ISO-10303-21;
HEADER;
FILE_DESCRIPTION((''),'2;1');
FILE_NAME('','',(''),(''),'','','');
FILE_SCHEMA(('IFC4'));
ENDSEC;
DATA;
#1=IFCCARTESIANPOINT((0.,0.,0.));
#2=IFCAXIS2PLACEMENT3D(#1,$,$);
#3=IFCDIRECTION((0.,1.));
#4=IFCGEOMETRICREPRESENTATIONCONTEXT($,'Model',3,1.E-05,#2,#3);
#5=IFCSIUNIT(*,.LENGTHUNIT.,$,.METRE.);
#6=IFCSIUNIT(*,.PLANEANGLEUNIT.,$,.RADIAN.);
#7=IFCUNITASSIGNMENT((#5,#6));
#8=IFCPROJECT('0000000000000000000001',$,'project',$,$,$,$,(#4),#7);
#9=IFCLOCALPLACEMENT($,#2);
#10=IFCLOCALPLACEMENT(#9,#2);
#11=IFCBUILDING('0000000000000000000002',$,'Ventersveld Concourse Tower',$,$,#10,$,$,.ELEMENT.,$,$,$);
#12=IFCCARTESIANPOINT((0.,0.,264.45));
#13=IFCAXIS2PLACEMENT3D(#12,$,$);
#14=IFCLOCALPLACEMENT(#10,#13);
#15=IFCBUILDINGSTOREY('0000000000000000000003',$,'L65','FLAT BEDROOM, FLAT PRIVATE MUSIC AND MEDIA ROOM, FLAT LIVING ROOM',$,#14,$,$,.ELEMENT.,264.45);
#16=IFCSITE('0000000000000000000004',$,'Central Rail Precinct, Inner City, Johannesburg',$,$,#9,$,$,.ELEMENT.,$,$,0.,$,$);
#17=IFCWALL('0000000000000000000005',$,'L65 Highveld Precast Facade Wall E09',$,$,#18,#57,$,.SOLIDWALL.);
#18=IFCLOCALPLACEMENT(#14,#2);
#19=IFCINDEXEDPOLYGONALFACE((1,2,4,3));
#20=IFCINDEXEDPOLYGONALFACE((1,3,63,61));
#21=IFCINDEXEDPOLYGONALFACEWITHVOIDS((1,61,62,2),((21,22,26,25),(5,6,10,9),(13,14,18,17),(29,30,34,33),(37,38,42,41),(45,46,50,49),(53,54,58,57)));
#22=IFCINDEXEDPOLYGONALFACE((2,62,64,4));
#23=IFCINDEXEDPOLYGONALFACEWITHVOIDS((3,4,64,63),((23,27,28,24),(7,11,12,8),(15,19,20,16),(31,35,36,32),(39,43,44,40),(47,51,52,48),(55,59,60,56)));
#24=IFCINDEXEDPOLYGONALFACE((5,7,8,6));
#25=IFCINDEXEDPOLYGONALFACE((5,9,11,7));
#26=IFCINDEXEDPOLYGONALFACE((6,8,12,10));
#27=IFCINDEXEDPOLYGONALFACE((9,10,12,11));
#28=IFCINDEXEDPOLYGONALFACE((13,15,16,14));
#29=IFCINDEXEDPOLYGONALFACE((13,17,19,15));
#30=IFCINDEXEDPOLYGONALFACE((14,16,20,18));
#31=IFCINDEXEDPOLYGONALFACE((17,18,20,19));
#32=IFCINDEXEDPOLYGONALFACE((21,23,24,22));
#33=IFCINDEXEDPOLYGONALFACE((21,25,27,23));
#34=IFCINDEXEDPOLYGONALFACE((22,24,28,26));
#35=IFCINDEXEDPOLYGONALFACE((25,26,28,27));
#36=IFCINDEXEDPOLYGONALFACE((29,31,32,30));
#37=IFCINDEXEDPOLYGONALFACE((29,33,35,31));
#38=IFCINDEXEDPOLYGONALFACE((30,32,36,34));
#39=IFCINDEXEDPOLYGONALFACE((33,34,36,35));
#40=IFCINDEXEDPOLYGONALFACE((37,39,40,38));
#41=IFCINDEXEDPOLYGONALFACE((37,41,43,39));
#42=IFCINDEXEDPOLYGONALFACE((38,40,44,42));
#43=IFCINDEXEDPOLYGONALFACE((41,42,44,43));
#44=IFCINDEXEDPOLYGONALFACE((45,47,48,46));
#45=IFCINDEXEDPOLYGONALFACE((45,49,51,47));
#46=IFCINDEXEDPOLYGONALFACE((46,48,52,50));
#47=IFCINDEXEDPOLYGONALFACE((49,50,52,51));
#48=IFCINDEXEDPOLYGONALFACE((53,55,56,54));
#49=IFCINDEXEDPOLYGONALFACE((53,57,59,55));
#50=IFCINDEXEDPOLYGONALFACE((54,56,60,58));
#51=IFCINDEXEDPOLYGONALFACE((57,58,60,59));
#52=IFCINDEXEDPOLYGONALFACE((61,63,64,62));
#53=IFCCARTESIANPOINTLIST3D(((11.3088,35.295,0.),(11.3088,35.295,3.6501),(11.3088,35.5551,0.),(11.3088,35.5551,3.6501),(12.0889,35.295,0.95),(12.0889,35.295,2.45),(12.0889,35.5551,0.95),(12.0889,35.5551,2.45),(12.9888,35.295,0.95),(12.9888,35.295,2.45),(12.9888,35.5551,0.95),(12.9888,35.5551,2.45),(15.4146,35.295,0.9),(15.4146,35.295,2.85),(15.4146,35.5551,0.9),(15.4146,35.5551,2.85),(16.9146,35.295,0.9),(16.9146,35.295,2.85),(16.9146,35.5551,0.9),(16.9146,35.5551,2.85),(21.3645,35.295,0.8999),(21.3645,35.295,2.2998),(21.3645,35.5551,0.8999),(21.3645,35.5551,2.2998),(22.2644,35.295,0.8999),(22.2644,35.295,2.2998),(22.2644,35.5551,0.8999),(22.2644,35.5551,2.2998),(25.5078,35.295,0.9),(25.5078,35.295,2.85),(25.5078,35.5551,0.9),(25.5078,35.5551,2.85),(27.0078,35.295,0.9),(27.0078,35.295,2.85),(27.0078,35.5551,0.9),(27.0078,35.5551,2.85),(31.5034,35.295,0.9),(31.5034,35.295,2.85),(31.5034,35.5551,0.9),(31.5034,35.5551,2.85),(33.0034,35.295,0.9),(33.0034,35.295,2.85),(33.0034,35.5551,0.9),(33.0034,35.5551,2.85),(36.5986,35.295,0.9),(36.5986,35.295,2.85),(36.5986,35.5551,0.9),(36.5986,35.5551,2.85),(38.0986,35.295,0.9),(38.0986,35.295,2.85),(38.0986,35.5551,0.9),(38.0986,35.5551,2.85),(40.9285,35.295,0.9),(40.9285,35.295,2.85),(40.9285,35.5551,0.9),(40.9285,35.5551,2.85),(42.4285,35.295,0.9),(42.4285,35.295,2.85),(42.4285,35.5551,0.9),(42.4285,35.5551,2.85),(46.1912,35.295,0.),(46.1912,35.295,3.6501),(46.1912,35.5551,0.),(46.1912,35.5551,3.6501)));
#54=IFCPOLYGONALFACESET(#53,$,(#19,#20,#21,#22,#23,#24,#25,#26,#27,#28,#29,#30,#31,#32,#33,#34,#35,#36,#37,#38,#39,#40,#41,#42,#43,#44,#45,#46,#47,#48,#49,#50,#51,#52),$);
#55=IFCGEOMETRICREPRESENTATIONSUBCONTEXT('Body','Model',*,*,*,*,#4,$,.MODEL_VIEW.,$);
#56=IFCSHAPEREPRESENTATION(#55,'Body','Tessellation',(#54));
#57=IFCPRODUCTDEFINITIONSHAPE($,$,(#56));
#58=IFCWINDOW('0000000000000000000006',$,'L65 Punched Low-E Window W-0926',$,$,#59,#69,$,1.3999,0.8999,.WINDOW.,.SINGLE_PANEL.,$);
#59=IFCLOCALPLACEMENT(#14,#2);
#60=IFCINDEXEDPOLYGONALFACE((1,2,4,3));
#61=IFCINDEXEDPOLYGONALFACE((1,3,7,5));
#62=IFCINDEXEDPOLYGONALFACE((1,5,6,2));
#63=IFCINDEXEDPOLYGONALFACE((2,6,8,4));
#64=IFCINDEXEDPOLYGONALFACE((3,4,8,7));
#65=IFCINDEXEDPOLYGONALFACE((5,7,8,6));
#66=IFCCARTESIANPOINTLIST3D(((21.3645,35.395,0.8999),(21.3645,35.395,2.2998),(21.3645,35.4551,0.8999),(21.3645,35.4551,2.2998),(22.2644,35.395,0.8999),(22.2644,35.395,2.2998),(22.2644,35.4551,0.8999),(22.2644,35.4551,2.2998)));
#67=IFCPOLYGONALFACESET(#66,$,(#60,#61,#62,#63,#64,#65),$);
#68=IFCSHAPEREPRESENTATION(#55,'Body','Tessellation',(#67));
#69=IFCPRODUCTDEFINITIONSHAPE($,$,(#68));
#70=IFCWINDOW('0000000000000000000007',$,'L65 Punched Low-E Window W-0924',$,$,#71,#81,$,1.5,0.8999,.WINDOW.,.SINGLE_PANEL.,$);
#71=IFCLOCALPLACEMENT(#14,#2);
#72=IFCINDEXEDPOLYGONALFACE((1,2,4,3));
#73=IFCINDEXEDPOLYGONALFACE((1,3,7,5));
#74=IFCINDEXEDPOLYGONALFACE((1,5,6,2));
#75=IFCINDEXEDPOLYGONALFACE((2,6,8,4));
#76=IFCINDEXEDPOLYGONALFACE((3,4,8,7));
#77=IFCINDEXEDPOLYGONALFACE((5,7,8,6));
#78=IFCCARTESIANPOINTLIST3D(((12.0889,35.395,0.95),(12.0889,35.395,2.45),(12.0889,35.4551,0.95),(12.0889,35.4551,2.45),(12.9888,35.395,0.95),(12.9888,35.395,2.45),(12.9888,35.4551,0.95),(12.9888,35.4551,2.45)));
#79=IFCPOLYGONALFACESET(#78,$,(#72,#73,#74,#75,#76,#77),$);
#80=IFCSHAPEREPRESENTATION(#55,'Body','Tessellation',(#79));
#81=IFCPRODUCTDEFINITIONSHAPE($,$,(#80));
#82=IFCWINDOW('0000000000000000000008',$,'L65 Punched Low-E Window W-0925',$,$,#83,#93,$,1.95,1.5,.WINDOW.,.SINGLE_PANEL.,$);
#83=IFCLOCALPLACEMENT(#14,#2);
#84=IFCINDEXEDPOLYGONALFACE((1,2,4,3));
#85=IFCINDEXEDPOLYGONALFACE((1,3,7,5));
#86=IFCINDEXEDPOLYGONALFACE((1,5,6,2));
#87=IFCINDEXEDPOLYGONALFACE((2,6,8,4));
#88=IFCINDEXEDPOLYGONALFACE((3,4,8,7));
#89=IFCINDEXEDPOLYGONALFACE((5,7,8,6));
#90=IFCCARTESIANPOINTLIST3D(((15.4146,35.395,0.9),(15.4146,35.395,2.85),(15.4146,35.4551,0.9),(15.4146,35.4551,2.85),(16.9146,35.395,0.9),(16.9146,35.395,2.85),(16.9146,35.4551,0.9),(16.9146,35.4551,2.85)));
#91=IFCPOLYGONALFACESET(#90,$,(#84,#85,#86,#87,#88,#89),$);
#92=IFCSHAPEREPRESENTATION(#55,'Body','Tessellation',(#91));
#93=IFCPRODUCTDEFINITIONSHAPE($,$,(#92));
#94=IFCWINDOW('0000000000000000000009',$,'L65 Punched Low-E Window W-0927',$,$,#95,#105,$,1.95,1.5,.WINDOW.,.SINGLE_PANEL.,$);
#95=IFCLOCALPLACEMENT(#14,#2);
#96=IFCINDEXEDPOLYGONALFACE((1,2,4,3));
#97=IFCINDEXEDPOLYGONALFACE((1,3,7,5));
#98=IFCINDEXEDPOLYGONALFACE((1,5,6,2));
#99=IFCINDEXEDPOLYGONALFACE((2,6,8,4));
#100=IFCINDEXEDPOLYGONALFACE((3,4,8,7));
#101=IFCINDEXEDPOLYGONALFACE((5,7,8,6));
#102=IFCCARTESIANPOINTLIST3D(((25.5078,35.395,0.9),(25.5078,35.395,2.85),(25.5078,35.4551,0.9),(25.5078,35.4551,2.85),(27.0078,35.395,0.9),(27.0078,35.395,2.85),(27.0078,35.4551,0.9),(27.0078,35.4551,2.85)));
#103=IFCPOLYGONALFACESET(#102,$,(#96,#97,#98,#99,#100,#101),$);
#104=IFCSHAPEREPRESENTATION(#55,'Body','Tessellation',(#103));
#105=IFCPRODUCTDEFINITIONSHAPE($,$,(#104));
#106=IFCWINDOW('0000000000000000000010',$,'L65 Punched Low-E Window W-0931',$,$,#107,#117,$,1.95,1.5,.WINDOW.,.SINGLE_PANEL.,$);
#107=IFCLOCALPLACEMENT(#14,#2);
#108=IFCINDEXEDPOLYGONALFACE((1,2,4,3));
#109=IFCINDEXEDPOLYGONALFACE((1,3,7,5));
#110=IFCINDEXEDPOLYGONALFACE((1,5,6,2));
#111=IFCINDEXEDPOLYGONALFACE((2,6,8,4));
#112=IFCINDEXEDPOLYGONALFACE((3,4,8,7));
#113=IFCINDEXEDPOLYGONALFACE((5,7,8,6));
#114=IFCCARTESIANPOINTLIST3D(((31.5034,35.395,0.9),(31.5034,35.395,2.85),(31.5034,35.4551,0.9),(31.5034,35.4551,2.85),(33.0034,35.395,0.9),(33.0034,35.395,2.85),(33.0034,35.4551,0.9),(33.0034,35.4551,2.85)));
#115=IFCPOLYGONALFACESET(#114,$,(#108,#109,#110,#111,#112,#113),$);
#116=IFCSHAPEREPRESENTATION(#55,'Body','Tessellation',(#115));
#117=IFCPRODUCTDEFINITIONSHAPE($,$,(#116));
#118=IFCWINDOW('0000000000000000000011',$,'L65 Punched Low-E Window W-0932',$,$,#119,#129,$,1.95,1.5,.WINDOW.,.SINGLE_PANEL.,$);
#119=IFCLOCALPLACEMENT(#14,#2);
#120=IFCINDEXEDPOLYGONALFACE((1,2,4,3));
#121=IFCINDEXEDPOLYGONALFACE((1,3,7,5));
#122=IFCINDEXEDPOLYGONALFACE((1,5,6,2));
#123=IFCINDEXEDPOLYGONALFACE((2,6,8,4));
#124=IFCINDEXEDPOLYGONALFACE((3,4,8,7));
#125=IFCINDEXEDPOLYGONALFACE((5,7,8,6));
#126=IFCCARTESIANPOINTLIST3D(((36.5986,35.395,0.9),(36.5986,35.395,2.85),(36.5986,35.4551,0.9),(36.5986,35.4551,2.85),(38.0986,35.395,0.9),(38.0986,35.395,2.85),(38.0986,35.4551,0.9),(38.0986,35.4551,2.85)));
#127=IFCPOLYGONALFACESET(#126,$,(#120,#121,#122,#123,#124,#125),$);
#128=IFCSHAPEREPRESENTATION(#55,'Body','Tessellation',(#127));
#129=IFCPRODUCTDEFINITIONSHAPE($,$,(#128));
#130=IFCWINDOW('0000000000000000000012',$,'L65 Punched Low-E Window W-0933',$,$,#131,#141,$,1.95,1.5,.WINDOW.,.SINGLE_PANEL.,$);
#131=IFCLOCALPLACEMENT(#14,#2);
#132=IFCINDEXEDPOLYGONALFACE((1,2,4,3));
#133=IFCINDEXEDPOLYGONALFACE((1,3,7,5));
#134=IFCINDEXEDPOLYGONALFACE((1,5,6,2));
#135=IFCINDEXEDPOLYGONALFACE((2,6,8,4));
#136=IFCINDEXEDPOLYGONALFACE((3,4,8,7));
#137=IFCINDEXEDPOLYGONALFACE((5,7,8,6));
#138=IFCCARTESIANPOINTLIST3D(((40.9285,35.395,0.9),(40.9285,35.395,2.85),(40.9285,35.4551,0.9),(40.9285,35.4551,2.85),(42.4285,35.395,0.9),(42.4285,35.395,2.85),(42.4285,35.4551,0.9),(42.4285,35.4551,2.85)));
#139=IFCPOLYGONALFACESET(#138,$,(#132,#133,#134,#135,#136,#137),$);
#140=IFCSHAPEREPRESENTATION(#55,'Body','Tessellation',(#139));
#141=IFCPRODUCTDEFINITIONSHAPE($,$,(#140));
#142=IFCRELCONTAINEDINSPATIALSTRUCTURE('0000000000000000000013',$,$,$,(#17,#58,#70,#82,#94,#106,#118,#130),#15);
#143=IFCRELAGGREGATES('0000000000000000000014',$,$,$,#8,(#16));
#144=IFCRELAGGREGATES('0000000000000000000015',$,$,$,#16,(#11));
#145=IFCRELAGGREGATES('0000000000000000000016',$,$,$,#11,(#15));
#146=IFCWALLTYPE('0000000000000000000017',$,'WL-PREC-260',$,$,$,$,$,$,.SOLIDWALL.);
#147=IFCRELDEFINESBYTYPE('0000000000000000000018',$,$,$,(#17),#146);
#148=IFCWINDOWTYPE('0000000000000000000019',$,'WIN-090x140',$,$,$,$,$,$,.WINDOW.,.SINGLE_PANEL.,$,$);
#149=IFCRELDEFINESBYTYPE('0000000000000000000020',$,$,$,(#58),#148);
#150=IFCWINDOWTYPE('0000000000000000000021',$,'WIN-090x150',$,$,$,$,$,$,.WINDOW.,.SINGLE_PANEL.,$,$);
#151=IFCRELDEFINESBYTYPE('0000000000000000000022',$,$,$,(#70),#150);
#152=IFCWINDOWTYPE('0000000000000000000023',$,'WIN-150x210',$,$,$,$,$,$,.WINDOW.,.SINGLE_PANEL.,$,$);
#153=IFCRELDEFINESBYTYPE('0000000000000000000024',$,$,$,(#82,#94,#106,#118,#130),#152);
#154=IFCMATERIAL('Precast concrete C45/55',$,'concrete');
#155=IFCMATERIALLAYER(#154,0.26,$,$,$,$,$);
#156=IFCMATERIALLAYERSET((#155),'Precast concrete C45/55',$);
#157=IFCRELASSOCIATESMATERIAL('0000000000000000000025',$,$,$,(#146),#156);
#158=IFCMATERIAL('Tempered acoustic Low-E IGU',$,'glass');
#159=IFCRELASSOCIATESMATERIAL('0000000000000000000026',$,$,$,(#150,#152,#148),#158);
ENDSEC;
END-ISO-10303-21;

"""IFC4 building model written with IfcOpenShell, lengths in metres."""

from ifc_helpers import new_model, si_unit, direction, frame, frame_2d, origin, place, context, subcontext, project, spatial, rectangle, extrude, material, layer, layer_set, type_object, element, fill, save


model = new_model("IFC4")

# Units and contexts
model_context = context("Model", 3, precision=1e-05, world=origin(), true_north=direction((0.0, 1.0)))
body_context = subcontext(model_context, "Body", "Model", "MODEL_VIEW")
ifc_project = project(units=[si_unit("LENGTHUNIT", "METRE"), si_unit("PLANEANGLEUNIT", "RADIAN")], contexts=[model_context])

# Site, building, storey
site_placement = place(None, origin())
site = spatial("IfcSite", under=ifc_project, at=site_placement, Name="Central Rail Precinct, Inner City, Johannesburg", CompositionType="ELEMENT", RefElevation=0.0)
building_placement = place(site_placement, origin())
building = spatial("IfcBuilding", under=site, at=building_placement, Name="Ventersveld Concourse Tower", CompositionType="ELEMENT")
storey_placement = place(building_placement, frame((0.0, 0.0, 264.45)))
storey = spatial("IfcBuildingStorey", under=building, at=storey_placement, Name="L65", Description="FLAT BEDROOM, FLAT PRIVATE MUSIC AND MEDIA ROOM, FLAT LIVING ROOM", CompositionType="ELEMENT", Elevation=264.45)

# Shared definitions
ifc_material_1 = material(Name="Precast concrete C45/55", Category="concrete")
ifc_layer_1 = layer(ifc_material_1, 0.26)
ifc_layer_set_1 = layer_set([ifc_layer_1], Name="Precast concrete C45/55")
wall_type_1 = type_object("IfcWallType", Name="WL-PREC-260", PredefinedType="SOLIDWALL", material=ifc_layer_set_1)

# Shared definitions
ifc_material_2 = material(Name="Tempered acoustic Low-E IGU", Category="glass")
window_type_1 = type_object("IfcWindowType", Name="WIN-090x150", PartitioningType="SINGLE_PANEL", PredefinedType="WINDOW", material=ifc_material_2)
window_type_2 = type_object("IfcWindowType", Name="WIN-150x210", PartitioningType="SINGLE_PANEL", PredefinedType="WINDOW", material=ifc_material_2)

# Wall, openings, windows
wall_1_placement = place(storey_placement, frame((46.1912, 35.425, 0.0), z_axis=(0.0, 0.0, 1.0), x_axis=(-1.0, 0.0, 0.0)))
wall_1 = element("IfcWall", 1, at=wall_1_placement, inside=storey, type_object=wall_type_1, Name="L65 Highveld Precast Facade Wall E09", PredefinedType="SOLIDWALL", context=body_context, shape_type="SweptSolid", body=[
    extrude(rectangle(XDim=34.8823, YDim=0.26, at=frame_2d((17.4412, 0.0))), origin(), (0.0, 0.0, 1.0), 3.6501),
])
opening_1_placement = place(wall_1_placement, frame((33.2024, 0.0, 0.95)))
opening_1 = element("IfcOpeningElement", 2, at=opening_1_placement, cuts=wall_1, PredefinedType="OPENING", context=body_context, shape_type="SweptSolid", body=[
    extrude(rectangle(XDim=0.8999, YDim=1.5, at=frame_2d((0.45, 0.75))), frame((0.0, 0.1401, 0.0), z_axis=(0.0, -1.0, 0.0), x_axis=(1.0, 0.0, 0.0)), (0.0, 0.0, 1.0), 0.28),
])
opening_2_placement = place(wall_1_placement, frame((29.2766, 0.0, 0.8999)))
opening_2 = element("IfcOpeningElement", 3, at=opening_2_placement, cuts=wall_1, PredefinedType="OPENING", context=body_context, shape_type="SweptSolid", body=[
    extrude(rectangle(XDim=1.5, YDim=1.95, at=frame_2d((0.75, 0.9751))), frame((0.0, 0.1401, 0.0), z_axis=(0.0, -1.0, 0.0), x_axis=(1.0, 0.0, 0.0)), (0.0, 0.0, 1.0), 0.28),
])
opening_3_placement = place(wall_1_placement, frame((23.9268, 0.0, 0.8999)))
opening_3 = element("IfcOpeningElement", 4, at=opening_3_placement, cuts=wall_1, PredefinedType="OPENING", context=body_context, shape_type="SweptSolid", body=[
    extrude(rectangle(XDim=0.8999, YDim=1.3999, at=frame_2d((0.45, 0.7))), frame((0.0, 0.1401, 0.0), z_axis=(0.0, -1.0, 0.0), x_axis=(1.0, 0.0, 0.0)), (0.0, 0.0, 1.0), 0.28),
])
opening_4_placement = place(wall_1_placement, frame((19.1833, 0.0, 0.8999)))
opening_4 = element("IfcOpeningElement", 5, at=opening_4_placement, cuts=wall_1, PredefinedType="OPENING", context=body_context, shape_type="SweptSolid", body=[
    extrude(rectangle(XDim=1.5, YDim=1.95, at=frame_2d((0.75, 0.9751))), frame((0.0, 0.1401, 0.0), z_axis=(0.0, -1.0, 0.0), x_axis=(1.0, 0.0, 0.0)), (0.0, 0.0, 1.0), 0.28),
])
opening_5_placement = place(wall_1_placement, frame((13.1877, 0.0, 0.8999)))
opening_5 = element("IfcOpeningElement", 6, at=opening_5_placement, cuts=wall_1, PredefinedType="OPENING", context=body_context, shape_type="SweptSolid", body=[
    extrude(rectangle(XDim=1.5, YDim=1.95, at=frame_2d((0.75, 0.9751))), frame((0.0, 0.1401, 0.0), z_axis=(0.0, -1.0, 0.0), x_axis=(1.0, 0.0, 0.0)), (0.0, 0.0, 1.0), 0.28),
])
opening_6_placement = place(wall_1_placement, frame((8.0925, 0.0, 0.8999)))
opening_6 = element("IfcOpeningElement", 7, at=opening_6_placement, cuts=wall_1, PredefinedType="OPENING", context=body_context, shape_type="SweptSolid", body=[
    extrude(rectangle(XDim=1.5, YDim=1.95, at=frame_2d((0.75, 0.9751))), frame((0.0, 0.1401, 0.0), z_axis=(0.0, -1.0, 0.0), x_axis=(1.0, 0.0, 0.0)), (0.0, 0.0, 1.0), 0.28),
])
opening_7_placement = place(wall_1_placement, frame((3.7627, 0.0, 0.8999)))
opening_7 = element("IfcOpeningElement", 8, at=opening_7_placement, cuts=wall_1, PredefinedType="OPENING", context=body_context, shape_type="SweptSolid", body=[
    extrude(rectangle(XDim=1.5, YDim=1.95, at=frame_2d((0.75, 0.9751))), frame((0.0, 0.1401, 0.0), z_axis=(0.0, -1.0, 0.0), x_axis=(1.0, 0.0, 0.0)), (0.0, 0.0, 1.0), 0.28),
])
window_type_3 = type_object("IfcWindowType", Name="WIN-090x140", PartitioningType="SINGLE_PANEL", PredefinedType="WINDOW", material=ifc_material_2)
window_1_placement = place(opening_3_placement, origin())
window_1 = element("IfcWindow", 9, at=window_1_placement, inside=storey, type_object=window_type_3, Name="L65 Punched Low-E Window W-0926", OverallHeight=1.3999, OverallWidth=0.8999, PartitioningType="SINGLE_PANEL", PredefinedType="WINDOW", context=body_context, shape_type="SweptSolid", body=[
    extrude(rectangle(XDim=0.8999, YDim=1.3999, at=frame_2d((0.45, 0.7))), frame((0.0, 0.03, 0.0), z_axis=(0.0, -1.0, 0.0), x_axis=(1.0, 0.0, 0.0)), (0.0, 0.0, 1.0), 0.0601),
])
fill(opening_3, window_1)
window_2_placement = place(opening_1_placement, origin())
window_2 = element("IfcWindow", 10, at=window_2_placement, inside=storey, type_object=window_type_1, Name="L65 Punched Low-E Window W-0924", OverallHeight=1.5, OverallWidth=0.8999, PartitioningType="SINGLE_PANEL", PredefinedType="WINDOW", context=body_context, shape_type="SweptSolid", body=[
    extrude(rectangle(XDim=0.8999, YDim=1.5, at=frame_2d((0.45, 0.75))), frame((0.0, 0.03, 0.0), z_axis=(0.0, -1.0, 0.0), x_axis=(1.0, 0.0, 0.0)), (0.0, 0.0, 1.0), 0.0601),
])
fill(opening_1, window_2)
window_3_placement = place(opening_2_placement, origin())
window_3 = element("IfcWindow", 11, at=window_3_placement, inside=storey, type_object=window_type_2, Name="L65 Punched Low-E Window W-0925", OverallHeight=1.95, OverallWidth=1.5, PartitioningType="SINGLE_PANEL", PredefinedType="WINDOW", context=body_context, shape_type="SweptSolid", body=[
    extrude(rectangle(XDim=1.5, YDim=1.95, at=frame_2d((0.75, 0.9751))), frame((0.0, 0.03, 0.0), z_axis=(0.0, -1.0, 0.0), x_axis=(1.0, 0.0, 0.0)), (0.0, 0.0, 1.0), 0.0601),
])
fill(opening_2, window_3)
window_4_placement = place(opening_4_placement, origin())
window_4 = element("IfcWindow", 12, at=window_4_placement, inside=storey, type_object=window_type_2, Name="L65 Punched Low-E Window W-0927", OverallHeight=1.95, OverallWidth=1.5, PartitioningType="SINGLE_PANEL", PredefinedType="WINDOW", context=body_context, shape_type="SweptSolid", body=[
    extrude(rectangle(XDim=1.5, YDim=1.95, at=frame_2d((0.75, 0.9751))), frame((0.0, 0.03, 0.0), z_axis=(0.0, -1.0, 0.0), x_axis=(1.0, 0.0, 0.0)), (0.0, 0.0, 1.0), 0.0601),
])
fill(opening_4, window_4)
window_5_placement = place(opening_5_placement, origin())
window_5 = element("IfcWindow", 13, at=window_5_placement, inside=storey, type_object=window_type_2, Name="L65 Punched Low-E Window W-0931", OverallHeight=1.95, OverallWidth=1.5, PartitioningType="SINGLE_PANEL", PredefinedType="WINDOW", context=body_context, shape_type="SweptSolid", body=[
    extrude(rectangle(XDim=1.5, YDim=1.95, at=frame_2d((0.75, 0.9751))), frame((0.0, 0.03, 0.0), z_axis=(0.0, -1.0, 0.0), x_axis=(1.0, 0.0, 0.0)), (0.0, 0.0, 1.0), 0.0601),
])
fill(opening_5, window_5)
window_6_placement = place(opening_6_placement, origin())
window_6 = element("IfcWindow", 14, at=window_6_placement, inside=storey, type_object=window_type_2, Name="L65 Punched Low-E Window W-0932", OverallHeight=1.95, OverallWidth=1.5, PartitioningType="SINGLE_PANEL", PredefinedType="WINDOW", context=body_context, shape_type="SweptSolid", body=[
    extrude(rectangle(XDim=1.5, YDim=1.95, at=frame_2d((0.75, 0.9751))), frame((0.0, 0.03, 0.0), z_axis=(0.0, -1.0, 0.0), x_axis=(1.0, 0.0, 0.0)), (0.0, 0.0, 1.0), 0.0601),
])
fill(opening_6, window_6)
window_7_placement = place(opening_7_placement, origin())
window_7 = element("IfcWindow", 15, at=window_7_placement, inside=storey, type_object=window_type_2, Name="L65 Punched Low-E Window W-0933", OverallHeight=1.95, OverallWidth=1.5, PartitioningType="SINGLE_PANEL", PredefinedType="WINDOW", context=body_context, shape_type="SweptSolid", body=[
    extrude(rectangle(XDim=1.5, YDim=1.95, at=frame_2d((0.75, 0.9751))), frame((0.0, 0.03, 0.0), z_axis=(0.0, -1.0, 0.0), x_axis=(1.0, 0.0, 0.0)), (0.0, 0.0, 1.0), 0.0601),
])
fill(opening_7, window_7)

save(model, "model.ifc")
